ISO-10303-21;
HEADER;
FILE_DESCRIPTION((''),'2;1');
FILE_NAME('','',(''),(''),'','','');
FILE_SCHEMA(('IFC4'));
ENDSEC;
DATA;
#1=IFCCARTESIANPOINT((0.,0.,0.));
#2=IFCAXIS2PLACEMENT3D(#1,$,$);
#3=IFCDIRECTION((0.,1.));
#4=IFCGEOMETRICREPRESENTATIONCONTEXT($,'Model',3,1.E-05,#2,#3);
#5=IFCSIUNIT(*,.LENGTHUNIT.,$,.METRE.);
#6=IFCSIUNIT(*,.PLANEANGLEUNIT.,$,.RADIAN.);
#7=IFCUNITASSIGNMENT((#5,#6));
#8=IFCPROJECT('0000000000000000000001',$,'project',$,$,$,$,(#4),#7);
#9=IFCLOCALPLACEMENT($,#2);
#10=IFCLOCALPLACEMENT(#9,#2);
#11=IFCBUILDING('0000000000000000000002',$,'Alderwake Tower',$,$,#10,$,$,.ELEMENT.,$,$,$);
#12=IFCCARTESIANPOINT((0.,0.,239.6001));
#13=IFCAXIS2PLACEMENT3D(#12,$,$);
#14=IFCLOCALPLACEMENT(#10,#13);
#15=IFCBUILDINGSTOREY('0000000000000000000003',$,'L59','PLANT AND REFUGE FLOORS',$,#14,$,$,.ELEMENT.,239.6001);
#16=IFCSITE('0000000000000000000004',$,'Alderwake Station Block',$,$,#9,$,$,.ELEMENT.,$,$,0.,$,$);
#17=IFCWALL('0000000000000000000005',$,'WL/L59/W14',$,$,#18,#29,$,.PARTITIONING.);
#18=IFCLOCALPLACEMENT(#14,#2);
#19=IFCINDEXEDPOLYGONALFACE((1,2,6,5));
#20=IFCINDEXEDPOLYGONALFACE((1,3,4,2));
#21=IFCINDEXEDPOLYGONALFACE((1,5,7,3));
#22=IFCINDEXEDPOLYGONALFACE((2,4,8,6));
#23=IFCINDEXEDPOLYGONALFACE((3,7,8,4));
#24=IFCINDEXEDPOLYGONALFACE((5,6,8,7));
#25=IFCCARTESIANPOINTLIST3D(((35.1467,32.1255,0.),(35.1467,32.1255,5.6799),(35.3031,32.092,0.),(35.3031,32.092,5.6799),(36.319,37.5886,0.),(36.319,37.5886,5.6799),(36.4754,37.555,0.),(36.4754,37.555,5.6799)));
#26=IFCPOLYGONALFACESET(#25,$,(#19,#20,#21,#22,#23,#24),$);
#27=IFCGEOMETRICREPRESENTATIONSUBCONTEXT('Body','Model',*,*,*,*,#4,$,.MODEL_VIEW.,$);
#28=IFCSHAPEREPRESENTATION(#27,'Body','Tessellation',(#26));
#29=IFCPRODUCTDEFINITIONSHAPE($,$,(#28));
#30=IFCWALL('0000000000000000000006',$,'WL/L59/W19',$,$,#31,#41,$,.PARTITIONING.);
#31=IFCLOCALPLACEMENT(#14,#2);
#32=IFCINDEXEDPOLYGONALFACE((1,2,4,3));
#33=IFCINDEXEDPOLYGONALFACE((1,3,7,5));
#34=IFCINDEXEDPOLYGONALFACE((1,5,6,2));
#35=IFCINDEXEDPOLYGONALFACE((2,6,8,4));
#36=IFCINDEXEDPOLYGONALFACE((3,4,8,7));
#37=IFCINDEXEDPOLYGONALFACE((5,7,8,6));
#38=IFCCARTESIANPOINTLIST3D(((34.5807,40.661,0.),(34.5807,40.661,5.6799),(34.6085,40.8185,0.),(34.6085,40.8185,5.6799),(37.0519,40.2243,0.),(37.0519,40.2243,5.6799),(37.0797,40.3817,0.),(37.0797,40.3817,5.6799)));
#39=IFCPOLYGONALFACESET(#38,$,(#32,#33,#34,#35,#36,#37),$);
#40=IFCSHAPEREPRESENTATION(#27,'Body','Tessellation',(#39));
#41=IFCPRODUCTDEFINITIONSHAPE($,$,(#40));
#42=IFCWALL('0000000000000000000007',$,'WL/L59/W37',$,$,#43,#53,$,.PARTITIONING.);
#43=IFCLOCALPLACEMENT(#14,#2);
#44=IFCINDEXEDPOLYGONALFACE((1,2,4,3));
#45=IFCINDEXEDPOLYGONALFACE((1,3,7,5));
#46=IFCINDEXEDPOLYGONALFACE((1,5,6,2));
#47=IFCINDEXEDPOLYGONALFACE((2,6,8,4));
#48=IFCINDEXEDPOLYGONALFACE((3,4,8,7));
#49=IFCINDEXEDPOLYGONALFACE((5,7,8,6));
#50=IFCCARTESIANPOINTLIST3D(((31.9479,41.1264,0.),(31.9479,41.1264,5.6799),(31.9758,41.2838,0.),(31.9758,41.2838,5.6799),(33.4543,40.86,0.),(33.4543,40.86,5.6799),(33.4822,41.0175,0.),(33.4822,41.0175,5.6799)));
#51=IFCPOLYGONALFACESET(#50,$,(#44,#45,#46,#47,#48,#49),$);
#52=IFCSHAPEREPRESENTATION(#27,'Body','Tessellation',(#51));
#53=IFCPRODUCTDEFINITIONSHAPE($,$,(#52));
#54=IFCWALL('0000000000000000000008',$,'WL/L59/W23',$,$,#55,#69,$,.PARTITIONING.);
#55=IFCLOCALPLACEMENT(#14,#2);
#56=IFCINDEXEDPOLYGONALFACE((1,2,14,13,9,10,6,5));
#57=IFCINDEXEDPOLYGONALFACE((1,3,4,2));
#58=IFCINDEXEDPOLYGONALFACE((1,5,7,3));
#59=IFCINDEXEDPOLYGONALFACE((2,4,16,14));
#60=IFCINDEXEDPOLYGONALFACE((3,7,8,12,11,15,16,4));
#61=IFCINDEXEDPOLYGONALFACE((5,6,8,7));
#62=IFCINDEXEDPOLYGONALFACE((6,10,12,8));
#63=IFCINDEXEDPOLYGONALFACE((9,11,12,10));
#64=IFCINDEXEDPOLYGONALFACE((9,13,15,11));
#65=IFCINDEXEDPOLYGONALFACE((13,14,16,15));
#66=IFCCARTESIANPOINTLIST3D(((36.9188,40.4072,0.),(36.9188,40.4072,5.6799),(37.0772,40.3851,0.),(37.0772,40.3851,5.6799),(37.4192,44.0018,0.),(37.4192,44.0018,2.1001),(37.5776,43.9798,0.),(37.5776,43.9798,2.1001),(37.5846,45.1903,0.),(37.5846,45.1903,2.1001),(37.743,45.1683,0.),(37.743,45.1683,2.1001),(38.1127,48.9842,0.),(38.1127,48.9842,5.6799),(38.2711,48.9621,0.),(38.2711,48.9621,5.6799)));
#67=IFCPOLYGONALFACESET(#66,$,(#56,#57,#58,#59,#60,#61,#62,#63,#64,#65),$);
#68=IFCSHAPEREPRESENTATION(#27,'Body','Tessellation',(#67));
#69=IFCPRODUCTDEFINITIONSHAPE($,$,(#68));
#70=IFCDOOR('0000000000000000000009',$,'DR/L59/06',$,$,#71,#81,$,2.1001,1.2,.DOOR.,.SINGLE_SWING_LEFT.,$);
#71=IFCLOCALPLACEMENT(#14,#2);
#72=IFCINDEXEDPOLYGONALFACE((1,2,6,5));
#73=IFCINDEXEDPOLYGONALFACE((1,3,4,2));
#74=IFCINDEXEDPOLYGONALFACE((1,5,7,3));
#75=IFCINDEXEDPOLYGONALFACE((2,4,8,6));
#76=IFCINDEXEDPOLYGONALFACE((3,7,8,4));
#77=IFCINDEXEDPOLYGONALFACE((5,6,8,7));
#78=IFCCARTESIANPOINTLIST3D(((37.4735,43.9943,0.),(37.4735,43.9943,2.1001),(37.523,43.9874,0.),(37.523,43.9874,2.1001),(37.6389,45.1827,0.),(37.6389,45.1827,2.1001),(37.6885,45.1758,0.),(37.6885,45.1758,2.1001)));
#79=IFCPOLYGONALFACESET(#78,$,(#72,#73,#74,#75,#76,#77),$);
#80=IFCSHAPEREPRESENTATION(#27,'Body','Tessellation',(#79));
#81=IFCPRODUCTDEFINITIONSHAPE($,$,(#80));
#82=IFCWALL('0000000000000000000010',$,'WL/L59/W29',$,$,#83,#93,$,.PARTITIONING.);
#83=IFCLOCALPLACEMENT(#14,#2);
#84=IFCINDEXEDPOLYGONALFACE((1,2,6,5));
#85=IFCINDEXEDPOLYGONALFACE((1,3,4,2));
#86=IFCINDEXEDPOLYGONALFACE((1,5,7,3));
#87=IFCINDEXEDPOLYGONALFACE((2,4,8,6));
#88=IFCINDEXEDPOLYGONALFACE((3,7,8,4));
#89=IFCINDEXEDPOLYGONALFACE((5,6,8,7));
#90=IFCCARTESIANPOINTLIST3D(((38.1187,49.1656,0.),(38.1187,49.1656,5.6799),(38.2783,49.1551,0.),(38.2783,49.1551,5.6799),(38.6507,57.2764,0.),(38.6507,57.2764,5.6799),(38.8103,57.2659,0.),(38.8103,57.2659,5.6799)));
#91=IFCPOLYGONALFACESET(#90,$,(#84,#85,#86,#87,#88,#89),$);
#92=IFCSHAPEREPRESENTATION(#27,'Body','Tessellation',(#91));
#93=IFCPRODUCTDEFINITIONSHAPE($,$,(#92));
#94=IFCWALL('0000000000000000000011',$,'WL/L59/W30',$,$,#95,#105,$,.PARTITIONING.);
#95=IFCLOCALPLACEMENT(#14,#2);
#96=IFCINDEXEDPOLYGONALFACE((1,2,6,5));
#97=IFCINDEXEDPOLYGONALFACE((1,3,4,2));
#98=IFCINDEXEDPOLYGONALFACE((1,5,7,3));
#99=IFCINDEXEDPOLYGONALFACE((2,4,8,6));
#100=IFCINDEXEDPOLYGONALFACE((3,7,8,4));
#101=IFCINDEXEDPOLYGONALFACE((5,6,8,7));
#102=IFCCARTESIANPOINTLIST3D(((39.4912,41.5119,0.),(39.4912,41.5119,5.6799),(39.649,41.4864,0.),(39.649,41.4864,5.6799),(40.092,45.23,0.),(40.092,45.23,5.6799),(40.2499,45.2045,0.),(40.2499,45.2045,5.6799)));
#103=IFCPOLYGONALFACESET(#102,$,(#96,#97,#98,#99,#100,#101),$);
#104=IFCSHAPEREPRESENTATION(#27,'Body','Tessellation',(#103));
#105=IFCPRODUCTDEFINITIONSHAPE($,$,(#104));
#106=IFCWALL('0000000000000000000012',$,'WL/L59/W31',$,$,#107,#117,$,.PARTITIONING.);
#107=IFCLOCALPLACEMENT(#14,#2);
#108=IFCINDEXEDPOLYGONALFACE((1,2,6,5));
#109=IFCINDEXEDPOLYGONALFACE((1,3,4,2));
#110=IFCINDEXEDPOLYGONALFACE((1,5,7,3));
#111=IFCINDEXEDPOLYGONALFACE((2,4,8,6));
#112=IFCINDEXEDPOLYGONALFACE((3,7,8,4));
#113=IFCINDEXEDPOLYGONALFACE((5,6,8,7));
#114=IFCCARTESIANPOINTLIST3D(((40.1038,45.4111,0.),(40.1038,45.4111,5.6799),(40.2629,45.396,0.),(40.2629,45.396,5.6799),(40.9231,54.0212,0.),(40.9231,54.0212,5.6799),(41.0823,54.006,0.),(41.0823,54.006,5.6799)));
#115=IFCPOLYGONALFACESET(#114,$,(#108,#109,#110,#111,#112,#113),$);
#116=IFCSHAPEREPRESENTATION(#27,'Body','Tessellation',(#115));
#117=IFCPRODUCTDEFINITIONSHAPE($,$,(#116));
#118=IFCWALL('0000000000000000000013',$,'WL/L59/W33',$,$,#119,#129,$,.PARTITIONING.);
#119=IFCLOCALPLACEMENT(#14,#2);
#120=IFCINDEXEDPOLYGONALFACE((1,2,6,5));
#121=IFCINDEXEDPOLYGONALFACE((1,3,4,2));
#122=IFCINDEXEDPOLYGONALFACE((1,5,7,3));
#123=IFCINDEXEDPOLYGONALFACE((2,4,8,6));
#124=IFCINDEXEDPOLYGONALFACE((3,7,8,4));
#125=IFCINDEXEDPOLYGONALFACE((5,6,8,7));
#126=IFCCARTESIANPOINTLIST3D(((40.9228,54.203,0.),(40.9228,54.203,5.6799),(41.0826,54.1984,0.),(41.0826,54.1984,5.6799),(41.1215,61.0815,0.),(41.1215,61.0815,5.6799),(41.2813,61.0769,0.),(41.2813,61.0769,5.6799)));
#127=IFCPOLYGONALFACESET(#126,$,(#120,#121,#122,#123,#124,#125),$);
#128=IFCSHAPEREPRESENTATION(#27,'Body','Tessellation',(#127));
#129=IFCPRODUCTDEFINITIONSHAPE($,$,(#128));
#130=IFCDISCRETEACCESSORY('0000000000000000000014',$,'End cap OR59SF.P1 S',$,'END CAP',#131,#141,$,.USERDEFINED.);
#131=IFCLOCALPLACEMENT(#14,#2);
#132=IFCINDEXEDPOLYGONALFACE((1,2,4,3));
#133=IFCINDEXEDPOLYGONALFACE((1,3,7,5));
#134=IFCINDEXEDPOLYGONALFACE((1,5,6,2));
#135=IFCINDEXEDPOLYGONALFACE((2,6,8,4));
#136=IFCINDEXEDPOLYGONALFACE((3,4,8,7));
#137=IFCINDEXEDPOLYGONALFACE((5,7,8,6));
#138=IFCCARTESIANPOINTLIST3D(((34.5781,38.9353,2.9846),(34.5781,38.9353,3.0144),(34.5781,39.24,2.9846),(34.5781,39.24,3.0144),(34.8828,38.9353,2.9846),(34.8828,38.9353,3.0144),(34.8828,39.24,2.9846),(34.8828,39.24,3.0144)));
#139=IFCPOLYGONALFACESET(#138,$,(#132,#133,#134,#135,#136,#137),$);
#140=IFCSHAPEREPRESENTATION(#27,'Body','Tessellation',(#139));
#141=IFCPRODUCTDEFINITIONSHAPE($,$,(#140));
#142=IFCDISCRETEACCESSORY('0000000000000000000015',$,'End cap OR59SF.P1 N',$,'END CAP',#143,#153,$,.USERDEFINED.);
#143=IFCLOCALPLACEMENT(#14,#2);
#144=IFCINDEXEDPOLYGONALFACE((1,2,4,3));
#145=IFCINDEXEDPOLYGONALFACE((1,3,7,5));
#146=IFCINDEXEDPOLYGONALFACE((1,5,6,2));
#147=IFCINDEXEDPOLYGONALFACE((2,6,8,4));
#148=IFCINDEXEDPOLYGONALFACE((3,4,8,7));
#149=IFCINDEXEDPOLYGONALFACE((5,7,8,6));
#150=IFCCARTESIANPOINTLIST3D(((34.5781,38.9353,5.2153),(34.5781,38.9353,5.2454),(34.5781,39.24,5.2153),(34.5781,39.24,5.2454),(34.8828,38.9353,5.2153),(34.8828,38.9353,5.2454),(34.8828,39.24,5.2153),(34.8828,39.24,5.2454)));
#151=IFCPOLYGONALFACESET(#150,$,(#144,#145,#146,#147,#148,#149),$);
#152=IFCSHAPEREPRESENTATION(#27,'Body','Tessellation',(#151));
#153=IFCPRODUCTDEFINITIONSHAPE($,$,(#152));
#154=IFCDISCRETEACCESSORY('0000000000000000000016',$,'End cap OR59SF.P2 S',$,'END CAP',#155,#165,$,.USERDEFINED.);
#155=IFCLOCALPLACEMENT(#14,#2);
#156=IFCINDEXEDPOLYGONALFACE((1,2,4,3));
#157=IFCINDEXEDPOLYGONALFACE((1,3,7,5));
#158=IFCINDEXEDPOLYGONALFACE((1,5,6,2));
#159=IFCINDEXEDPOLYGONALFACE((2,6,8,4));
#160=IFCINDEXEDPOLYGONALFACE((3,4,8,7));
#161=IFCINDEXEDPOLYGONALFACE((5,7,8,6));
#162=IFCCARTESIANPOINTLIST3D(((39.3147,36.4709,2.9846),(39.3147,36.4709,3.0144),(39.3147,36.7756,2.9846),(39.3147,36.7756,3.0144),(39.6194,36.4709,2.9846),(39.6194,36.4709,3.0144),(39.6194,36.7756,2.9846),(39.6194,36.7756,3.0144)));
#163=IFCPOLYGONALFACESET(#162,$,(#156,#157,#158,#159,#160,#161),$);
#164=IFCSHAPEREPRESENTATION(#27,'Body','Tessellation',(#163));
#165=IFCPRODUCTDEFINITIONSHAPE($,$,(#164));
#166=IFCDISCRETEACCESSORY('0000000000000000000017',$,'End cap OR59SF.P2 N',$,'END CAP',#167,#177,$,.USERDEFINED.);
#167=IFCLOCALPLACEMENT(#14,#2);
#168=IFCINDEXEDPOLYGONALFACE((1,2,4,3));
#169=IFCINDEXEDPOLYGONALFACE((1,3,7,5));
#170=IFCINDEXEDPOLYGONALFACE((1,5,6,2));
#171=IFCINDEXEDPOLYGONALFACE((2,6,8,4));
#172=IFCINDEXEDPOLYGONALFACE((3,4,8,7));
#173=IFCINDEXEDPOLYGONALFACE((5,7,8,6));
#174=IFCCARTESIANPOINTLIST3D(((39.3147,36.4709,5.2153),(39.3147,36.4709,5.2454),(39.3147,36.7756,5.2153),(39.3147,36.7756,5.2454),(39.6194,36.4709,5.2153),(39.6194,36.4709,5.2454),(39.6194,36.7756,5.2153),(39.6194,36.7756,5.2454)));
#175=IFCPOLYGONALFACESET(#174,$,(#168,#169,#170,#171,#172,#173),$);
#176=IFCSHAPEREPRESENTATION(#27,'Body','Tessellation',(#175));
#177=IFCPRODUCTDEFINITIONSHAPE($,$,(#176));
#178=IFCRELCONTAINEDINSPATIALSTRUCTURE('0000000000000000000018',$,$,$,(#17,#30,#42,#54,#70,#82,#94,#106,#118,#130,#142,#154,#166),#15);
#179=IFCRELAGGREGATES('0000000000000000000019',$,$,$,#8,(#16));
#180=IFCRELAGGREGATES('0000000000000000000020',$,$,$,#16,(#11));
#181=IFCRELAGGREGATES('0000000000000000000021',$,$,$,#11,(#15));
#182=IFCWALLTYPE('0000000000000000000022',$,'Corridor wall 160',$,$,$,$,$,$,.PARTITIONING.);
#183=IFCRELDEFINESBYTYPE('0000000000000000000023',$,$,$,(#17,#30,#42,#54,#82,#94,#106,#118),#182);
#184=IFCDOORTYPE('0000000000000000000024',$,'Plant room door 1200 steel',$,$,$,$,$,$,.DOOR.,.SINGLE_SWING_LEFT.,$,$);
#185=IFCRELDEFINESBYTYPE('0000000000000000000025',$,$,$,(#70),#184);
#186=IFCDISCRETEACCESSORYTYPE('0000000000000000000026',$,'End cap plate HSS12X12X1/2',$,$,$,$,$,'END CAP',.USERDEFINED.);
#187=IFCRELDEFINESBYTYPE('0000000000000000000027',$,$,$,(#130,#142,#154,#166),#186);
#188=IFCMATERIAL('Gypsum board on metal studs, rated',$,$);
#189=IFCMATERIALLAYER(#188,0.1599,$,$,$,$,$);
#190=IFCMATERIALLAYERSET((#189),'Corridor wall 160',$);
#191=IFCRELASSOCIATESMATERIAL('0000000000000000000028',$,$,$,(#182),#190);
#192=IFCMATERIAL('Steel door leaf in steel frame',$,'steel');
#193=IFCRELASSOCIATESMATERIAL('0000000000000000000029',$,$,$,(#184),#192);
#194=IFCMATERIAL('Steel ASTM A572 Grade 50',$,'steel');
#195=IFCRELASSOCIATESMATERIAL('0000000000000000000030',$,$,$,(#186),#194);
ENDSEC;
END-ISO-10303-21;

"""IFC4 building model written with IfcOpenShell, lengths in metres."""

from ifc_helpers import new_model, si_unit, direction, frame, frame_2d, origin, origin_2d, place, context, subcontext, project, spatial, rectangle, extrude, material, layer, layer_set, material_profile, profile_set, type_object, element, fill, save


model = new_model("IFC4")

# Units and contexts
model_context = context("Model", 3, precision=1e-05, world=origin(), true_north=direction((0.0, 1.0)))
body_context = subcontext(model_context, "Body", "Model", "MODEL_VIEW")
ifc_project = project(units=[si_unit("LENGTHUNIT", "METRE"), si_unit("PLANEANGLEUNIT", "RADIAN")], contexts=[model_context])

# Site, building, storey
site_placement = place(None, origin())
site = spatial("IfcSite", under=ifc_project, at=site_placement, Name="Alderwake Station Block", CompositionType="ELEMENT", RefElevation=0.0)
building_placement = place(site_placement, origin())
building = spatial("IfcBuilding", under=site, at=building_placement, Name="Alderwake Tower", CompositionType="ELEMENT")
storey_placement = place(building_placement, frame((0.0, 0.0, 239.6001)))
storey = spatial("IfcBuildingStorey", under=building, at=storey_placement, Name="L59", Description="PLANT AND REFUGE FLOORS", CompositionType="ELEMENT", Elevation=239.6001)

# Walls
ifc_material_1 = material(Name="Gypsum board on metal studs, rated")
ifc_layer = layer(ifc_material_1, 0.1599)
ifc_layer_set = layer_set([ifc_layer], Name="Corridor wall 160")
wall_type = type_object("IfcWallType", Name="Corridor wall 160", PredefinedType="PARTITIONING", material=ifc_layer_set)
wall_1_placement = place(storey_placement, frame((36.3972, 37.5718, 0.0), z_axis=(0.0, 0.0, 1.0), x_axis=(-0.209819, -0.97774, 0.0)))
element("IfcWall", 1, at=wall_1_placement, inside=storey, type_object=wall_type, Name="WL/L59/W14", PredefinedType="PARTITIONING", context=body_context, shape_type="SweptSolid", body=[
    extrude(rectangle(XDim=5.5874, YDim=0.1599, at=frame_2d((2.7937, 0.0))), origin(), (0.0, 0.0, 1.0), 5.6799),
])
wall_2_placement = place(storey_placement, frame((37.0659, 40.303, 0.0), z_axis=(0.0, 0.0, 1.0), x_axis=(-0.984737, 0.174046, 0.0)))
element("IfcWall", 2, at=wall_2_placement, inside=storey, type_object=wall_type, Name="WL/L59/W19", PredefinedType="PARTITIONING", context=body_context, shape_type="SweptSolid", body=[
    extrude(rectangle(XDim=2.5095, YDim=0.1599, at=frame_2d((1.2549, 0.0))), origin(), (0.0, 0.0, 1.0), 5.6799),
])
wall_3_placement = place(storey_placement, frame((33.4683, 40.9387, 0.0), z_axis=(0.0, 0.0, 1.0), x_axis=(-0.984724, 0.174122, 0.0)))
element("IfcWall", 3, at=wall_3_placement, inside=storey, type_object=wall_type, Name="WL/L59/W37", PredefinedType="PARTITIONING", context=body_context, shape_type="SweptSolid", body=[
    extrude(rectangle(XDim=1.5298, YDim=0.1599, at=frame_2d((0.7649, 0.0))), origin(), (0.0, 0.0, 1.0), 5.6799),
])

# Wall, opening, door
wall_4_placement = place(storey_placement, frame((38.1919, 48.9731, 0.0), z_axis=(0.0, 0.0, 1.0), x_axis=(-0.137864, -0.990451, 0.0)))
wall_4 = element("IfcWall", 4, at=wall_4_placement, inside=storey, type_object=wall_type, Name="WL/L59/W23", PredefinedType="PARTITIONING", context=body_context, shape_type="SweptSolid", body=[
    extrude(rectangle(XDim=8.6597, YDim=0.1599, at=frame_2d((4.3298, 0.0))), origin(), (0.0, 0.0, 1.0), 5.6799),
])
opening_placement = place(wall_4_placement, frame((3.8303, 0.0, 0.0)))
opening = element("IfcOpeningElement", 5, at=opening_placement, cuts=wall_4, PredefinedType="OPENING", context=body_context, shape_type="SweptSolid", body=[
    extrude(rectangle(XDim=1.2, YDim=2.1001, at=frame_2d((0.6001, 1.05))), frame((0.0, 0.0898, 0.0), z_axis=(0.0, -1.0, 0.0), x_axis=(1.0, 0.0, 0.0)), (0.0, 0.0, 1.0), 0.1799),
])
ifc_material_2 = material(Name="Steel door leaf in steel frame", Category="steel")
door_type = type_object("IfcDoorType", Name="Plant room door 1200 steel", OperationType="SINGLE_SWING_LEFT", PredefinedType="DOOR", material=ifc_material_2)
door_placement = place(opening_placement, origin())
door = element("IfcDoor", 6, at=door_placement, inside=storey, type_object=door_type, Name="DR/L59/06", OperationType="SINGLE_SWING_LEFT", OverallHeight=2.1001, OverallWidth=1.2, PredefinedType="DOOR", context=body_context, shape_type="SweptSolid", body=[
    extrude(rectangle(XDim=1.2, YDim=2.1001, at=frame_2d((0.6001, 1.05))), frame((0.0, 0.0249, 0.0), z_axis=(0.0, -1.0, 0.0), x_axis=(1.0, 0.0, 0.0)), (0.0, 0.0, 1.0), 0.05),
])
fill(opening, door)

# Walls
wall_5_placement = place(storey_placement, frame((38.7305, 57.271, 0.0), z_axis=(0.0, 0.0, 1.0), x_axis=(-0.065448, -0.997856, 0.0)))
element("IfcWall", 7, at=wall_5_placement, inside=storey, type_object=wall_type, Name="WL/L59/W29", PredefinedType="PARTITIONING", context=body_context, shape_type="SweptSolid", body=[
    extrude(rectangle(XDim=8.1282, YDim=0.1599, at=frame_2d((4.064, 0.0))), origin(), (0.0, 0.0, 1.0), 5.6799),
])
wall_6_placement = place(storey_placement, frame((39.5701, 41.499, 0.0), z_axis=(0.0, 0.0, 1.0), x_axis=(0.15953, 0.987193, 0.0)))
element("IfcWall", 8, at=wall_6_placement, inside=storey, type_object=wall_type, Name="WL/L59/W30", PredefinedType="PARTITIONING", context=body_context, shape_type="SweptSolid", body=[
    extrude(rectangle(XDim=3.7664, YDim=0.1599, at=frame_2d((1.8833, 0.0))), origin(), (0.0, 0.0, 1.0), 5.6799),
])
wall_7_placement = place(storey_placement, frame((40.1833, 45.4036, 0.0), z_axis=(0.0, 0.0, 1.0), x_axis=(0.094732, 0.995503, 0.0)))
element("IfcWall", 9, at=wall_7_placement, inside=storey, type_object=wall_type, Name="WL/L59/W31", PredefinedType="PARTITIONING", context=body_context, shape_type="SweptSolid", body=[
    extrude(rectangle(XDim=8.6489, YDim=0.1599, at=frame_2d((4.3245, 0.0))), origin(), (0.0, 0.0, 1.0), 5.6799),
])
wall_8_placement = place(storey_placement, frame((41.0027, 54.2007, 0.0), z_axis=(0.0, 0.0, 1.0), x_axis=(0.02888, 0.999583, 0.0)))
element("IfcWall", 10, at=wall_8_placement, inside=storey, type_object=wall_type, Name="WL/L59/W33", PredefinedType="PARTITIONING", context=body_context, shape_type="SweptSolid", body=[
    extrude(rectangle(XDim=6.8813, YDim=0.1599, at=frame_2d((3.4407, 0.0))), origin(), (0.0, 0.0, 1.0), 5.6799),
])

# Discrete accessories
ifc_material_3 = material(Name="Steel ASTM A572 Grade 50", Category="steel")
ifc_material_profile_1 = material_profile(ifc_material_3, rectangle(XDim=0.3047, YDim=0.3047, at=origin_2d()), Name="HSS12X12X1/2 cap")
ifc_profile_set_1 = profile_set([ifc_material_profile_1], Name="Steel ASTM A572 Grade 50")
discrete_accessory_type_1 = type_object("IfcDiscreteAccessoryType", Name="End cap plate HSS12X12X1/2", ElementType="END CAP", PredefinedType="USERDEFINED", material=ifc_profile_set_1)
discrete_accessory_1_placement = place(storey_placement, frame((34.7305, 39.0876, 3.0144), z_axis=(0.0, 0.0, -1.0), x_axis=(1.0, 0.0, 0.0)))
element("IfcDiscreteAccessory", 11, at=discrete_accessory_1_placement, inside=storey, type_object=discrete_accessory_type_1, Name="End cap OR59SF.P1 S", ObjectType="END CAP", PredefinedType="USERDEFINED", context=body_context, shape_type="SweptSolid", body=[
    extrude(rectangle(XDim=0.3047, YDim=0.3047, at=origin_2d()), origin(), (0.0, 0.0, 1.0), 0.0298),
])
discrete_accessory_2_placement = place(storey_placement, frame((34.7305, 39.0876, 5.2153), z_axis=(0.0, 0.0, 1.0), x_axis=(1.0, 0.0, 0.0)))
element("IfcDiscreteAccessory", 12, at=discrete_accessory_2_placement, inside=storey, type_object=discrete_accessory_type_1, Name="End cap OR59SF.P1 N", ObjectType="END CAP", PredefinedType="USERDEFINED", context=body_context, shape_type="SweptSolid", body=[
    extrude(rectangle(XDim=0.3047, YDim=0.3047, at=origin_2d()), origin(), (0.0, 0.0, 1.0), 0.03),
])
discrete_accessory_3_placement = place(storey_placement, frame((39.467, 36.6233, 3.0144), z_axis=(0.0, 0.0, -1.0), x_axis=(1.0, 0.0, 0.0)))
element("IfcDiscreteAccessory", 13, at=discrete_accessory_3_placement, inside=storey, type_object=discrete_accessory_type_1, Name="End cap OR59SF.P2 S", ObjectType="END CAP", PredefinedType="USERDEFINED", context=body_context, shape_type="SweptSolid", body=[
    extrude(rectangle(XDim=0.3047, YDim=0.3047, at=origin_2d()), origin(), (0.0, 0.0, 1.0), 0.0298),
])
discrete_accessory_4_placement = place(storey_placement, frame((39.467, 36.6233, 5.2153), z_axis=(0.0, 0.0, 1.0), x_axis=(1.0, 0.0, 0.0)))
element("IfcDiscreteAccessory", 14, at=discrete_accessory_4_placement, inside=storey, type_object=discrete_accessory_type_1, Name="End cap OR59SF.P2 N", ObjectType="END CAP", PredefinedType="USERDEFINED", context=body_context, shape_type="SweptSolid", body=[
    extrude(rectangle(XDim=0.3047, YDim=0.3047, at=origin_2d()), origin(), (0.0, 0.0, 1.0), 0.03),
])

save(model, "model.ifc")
